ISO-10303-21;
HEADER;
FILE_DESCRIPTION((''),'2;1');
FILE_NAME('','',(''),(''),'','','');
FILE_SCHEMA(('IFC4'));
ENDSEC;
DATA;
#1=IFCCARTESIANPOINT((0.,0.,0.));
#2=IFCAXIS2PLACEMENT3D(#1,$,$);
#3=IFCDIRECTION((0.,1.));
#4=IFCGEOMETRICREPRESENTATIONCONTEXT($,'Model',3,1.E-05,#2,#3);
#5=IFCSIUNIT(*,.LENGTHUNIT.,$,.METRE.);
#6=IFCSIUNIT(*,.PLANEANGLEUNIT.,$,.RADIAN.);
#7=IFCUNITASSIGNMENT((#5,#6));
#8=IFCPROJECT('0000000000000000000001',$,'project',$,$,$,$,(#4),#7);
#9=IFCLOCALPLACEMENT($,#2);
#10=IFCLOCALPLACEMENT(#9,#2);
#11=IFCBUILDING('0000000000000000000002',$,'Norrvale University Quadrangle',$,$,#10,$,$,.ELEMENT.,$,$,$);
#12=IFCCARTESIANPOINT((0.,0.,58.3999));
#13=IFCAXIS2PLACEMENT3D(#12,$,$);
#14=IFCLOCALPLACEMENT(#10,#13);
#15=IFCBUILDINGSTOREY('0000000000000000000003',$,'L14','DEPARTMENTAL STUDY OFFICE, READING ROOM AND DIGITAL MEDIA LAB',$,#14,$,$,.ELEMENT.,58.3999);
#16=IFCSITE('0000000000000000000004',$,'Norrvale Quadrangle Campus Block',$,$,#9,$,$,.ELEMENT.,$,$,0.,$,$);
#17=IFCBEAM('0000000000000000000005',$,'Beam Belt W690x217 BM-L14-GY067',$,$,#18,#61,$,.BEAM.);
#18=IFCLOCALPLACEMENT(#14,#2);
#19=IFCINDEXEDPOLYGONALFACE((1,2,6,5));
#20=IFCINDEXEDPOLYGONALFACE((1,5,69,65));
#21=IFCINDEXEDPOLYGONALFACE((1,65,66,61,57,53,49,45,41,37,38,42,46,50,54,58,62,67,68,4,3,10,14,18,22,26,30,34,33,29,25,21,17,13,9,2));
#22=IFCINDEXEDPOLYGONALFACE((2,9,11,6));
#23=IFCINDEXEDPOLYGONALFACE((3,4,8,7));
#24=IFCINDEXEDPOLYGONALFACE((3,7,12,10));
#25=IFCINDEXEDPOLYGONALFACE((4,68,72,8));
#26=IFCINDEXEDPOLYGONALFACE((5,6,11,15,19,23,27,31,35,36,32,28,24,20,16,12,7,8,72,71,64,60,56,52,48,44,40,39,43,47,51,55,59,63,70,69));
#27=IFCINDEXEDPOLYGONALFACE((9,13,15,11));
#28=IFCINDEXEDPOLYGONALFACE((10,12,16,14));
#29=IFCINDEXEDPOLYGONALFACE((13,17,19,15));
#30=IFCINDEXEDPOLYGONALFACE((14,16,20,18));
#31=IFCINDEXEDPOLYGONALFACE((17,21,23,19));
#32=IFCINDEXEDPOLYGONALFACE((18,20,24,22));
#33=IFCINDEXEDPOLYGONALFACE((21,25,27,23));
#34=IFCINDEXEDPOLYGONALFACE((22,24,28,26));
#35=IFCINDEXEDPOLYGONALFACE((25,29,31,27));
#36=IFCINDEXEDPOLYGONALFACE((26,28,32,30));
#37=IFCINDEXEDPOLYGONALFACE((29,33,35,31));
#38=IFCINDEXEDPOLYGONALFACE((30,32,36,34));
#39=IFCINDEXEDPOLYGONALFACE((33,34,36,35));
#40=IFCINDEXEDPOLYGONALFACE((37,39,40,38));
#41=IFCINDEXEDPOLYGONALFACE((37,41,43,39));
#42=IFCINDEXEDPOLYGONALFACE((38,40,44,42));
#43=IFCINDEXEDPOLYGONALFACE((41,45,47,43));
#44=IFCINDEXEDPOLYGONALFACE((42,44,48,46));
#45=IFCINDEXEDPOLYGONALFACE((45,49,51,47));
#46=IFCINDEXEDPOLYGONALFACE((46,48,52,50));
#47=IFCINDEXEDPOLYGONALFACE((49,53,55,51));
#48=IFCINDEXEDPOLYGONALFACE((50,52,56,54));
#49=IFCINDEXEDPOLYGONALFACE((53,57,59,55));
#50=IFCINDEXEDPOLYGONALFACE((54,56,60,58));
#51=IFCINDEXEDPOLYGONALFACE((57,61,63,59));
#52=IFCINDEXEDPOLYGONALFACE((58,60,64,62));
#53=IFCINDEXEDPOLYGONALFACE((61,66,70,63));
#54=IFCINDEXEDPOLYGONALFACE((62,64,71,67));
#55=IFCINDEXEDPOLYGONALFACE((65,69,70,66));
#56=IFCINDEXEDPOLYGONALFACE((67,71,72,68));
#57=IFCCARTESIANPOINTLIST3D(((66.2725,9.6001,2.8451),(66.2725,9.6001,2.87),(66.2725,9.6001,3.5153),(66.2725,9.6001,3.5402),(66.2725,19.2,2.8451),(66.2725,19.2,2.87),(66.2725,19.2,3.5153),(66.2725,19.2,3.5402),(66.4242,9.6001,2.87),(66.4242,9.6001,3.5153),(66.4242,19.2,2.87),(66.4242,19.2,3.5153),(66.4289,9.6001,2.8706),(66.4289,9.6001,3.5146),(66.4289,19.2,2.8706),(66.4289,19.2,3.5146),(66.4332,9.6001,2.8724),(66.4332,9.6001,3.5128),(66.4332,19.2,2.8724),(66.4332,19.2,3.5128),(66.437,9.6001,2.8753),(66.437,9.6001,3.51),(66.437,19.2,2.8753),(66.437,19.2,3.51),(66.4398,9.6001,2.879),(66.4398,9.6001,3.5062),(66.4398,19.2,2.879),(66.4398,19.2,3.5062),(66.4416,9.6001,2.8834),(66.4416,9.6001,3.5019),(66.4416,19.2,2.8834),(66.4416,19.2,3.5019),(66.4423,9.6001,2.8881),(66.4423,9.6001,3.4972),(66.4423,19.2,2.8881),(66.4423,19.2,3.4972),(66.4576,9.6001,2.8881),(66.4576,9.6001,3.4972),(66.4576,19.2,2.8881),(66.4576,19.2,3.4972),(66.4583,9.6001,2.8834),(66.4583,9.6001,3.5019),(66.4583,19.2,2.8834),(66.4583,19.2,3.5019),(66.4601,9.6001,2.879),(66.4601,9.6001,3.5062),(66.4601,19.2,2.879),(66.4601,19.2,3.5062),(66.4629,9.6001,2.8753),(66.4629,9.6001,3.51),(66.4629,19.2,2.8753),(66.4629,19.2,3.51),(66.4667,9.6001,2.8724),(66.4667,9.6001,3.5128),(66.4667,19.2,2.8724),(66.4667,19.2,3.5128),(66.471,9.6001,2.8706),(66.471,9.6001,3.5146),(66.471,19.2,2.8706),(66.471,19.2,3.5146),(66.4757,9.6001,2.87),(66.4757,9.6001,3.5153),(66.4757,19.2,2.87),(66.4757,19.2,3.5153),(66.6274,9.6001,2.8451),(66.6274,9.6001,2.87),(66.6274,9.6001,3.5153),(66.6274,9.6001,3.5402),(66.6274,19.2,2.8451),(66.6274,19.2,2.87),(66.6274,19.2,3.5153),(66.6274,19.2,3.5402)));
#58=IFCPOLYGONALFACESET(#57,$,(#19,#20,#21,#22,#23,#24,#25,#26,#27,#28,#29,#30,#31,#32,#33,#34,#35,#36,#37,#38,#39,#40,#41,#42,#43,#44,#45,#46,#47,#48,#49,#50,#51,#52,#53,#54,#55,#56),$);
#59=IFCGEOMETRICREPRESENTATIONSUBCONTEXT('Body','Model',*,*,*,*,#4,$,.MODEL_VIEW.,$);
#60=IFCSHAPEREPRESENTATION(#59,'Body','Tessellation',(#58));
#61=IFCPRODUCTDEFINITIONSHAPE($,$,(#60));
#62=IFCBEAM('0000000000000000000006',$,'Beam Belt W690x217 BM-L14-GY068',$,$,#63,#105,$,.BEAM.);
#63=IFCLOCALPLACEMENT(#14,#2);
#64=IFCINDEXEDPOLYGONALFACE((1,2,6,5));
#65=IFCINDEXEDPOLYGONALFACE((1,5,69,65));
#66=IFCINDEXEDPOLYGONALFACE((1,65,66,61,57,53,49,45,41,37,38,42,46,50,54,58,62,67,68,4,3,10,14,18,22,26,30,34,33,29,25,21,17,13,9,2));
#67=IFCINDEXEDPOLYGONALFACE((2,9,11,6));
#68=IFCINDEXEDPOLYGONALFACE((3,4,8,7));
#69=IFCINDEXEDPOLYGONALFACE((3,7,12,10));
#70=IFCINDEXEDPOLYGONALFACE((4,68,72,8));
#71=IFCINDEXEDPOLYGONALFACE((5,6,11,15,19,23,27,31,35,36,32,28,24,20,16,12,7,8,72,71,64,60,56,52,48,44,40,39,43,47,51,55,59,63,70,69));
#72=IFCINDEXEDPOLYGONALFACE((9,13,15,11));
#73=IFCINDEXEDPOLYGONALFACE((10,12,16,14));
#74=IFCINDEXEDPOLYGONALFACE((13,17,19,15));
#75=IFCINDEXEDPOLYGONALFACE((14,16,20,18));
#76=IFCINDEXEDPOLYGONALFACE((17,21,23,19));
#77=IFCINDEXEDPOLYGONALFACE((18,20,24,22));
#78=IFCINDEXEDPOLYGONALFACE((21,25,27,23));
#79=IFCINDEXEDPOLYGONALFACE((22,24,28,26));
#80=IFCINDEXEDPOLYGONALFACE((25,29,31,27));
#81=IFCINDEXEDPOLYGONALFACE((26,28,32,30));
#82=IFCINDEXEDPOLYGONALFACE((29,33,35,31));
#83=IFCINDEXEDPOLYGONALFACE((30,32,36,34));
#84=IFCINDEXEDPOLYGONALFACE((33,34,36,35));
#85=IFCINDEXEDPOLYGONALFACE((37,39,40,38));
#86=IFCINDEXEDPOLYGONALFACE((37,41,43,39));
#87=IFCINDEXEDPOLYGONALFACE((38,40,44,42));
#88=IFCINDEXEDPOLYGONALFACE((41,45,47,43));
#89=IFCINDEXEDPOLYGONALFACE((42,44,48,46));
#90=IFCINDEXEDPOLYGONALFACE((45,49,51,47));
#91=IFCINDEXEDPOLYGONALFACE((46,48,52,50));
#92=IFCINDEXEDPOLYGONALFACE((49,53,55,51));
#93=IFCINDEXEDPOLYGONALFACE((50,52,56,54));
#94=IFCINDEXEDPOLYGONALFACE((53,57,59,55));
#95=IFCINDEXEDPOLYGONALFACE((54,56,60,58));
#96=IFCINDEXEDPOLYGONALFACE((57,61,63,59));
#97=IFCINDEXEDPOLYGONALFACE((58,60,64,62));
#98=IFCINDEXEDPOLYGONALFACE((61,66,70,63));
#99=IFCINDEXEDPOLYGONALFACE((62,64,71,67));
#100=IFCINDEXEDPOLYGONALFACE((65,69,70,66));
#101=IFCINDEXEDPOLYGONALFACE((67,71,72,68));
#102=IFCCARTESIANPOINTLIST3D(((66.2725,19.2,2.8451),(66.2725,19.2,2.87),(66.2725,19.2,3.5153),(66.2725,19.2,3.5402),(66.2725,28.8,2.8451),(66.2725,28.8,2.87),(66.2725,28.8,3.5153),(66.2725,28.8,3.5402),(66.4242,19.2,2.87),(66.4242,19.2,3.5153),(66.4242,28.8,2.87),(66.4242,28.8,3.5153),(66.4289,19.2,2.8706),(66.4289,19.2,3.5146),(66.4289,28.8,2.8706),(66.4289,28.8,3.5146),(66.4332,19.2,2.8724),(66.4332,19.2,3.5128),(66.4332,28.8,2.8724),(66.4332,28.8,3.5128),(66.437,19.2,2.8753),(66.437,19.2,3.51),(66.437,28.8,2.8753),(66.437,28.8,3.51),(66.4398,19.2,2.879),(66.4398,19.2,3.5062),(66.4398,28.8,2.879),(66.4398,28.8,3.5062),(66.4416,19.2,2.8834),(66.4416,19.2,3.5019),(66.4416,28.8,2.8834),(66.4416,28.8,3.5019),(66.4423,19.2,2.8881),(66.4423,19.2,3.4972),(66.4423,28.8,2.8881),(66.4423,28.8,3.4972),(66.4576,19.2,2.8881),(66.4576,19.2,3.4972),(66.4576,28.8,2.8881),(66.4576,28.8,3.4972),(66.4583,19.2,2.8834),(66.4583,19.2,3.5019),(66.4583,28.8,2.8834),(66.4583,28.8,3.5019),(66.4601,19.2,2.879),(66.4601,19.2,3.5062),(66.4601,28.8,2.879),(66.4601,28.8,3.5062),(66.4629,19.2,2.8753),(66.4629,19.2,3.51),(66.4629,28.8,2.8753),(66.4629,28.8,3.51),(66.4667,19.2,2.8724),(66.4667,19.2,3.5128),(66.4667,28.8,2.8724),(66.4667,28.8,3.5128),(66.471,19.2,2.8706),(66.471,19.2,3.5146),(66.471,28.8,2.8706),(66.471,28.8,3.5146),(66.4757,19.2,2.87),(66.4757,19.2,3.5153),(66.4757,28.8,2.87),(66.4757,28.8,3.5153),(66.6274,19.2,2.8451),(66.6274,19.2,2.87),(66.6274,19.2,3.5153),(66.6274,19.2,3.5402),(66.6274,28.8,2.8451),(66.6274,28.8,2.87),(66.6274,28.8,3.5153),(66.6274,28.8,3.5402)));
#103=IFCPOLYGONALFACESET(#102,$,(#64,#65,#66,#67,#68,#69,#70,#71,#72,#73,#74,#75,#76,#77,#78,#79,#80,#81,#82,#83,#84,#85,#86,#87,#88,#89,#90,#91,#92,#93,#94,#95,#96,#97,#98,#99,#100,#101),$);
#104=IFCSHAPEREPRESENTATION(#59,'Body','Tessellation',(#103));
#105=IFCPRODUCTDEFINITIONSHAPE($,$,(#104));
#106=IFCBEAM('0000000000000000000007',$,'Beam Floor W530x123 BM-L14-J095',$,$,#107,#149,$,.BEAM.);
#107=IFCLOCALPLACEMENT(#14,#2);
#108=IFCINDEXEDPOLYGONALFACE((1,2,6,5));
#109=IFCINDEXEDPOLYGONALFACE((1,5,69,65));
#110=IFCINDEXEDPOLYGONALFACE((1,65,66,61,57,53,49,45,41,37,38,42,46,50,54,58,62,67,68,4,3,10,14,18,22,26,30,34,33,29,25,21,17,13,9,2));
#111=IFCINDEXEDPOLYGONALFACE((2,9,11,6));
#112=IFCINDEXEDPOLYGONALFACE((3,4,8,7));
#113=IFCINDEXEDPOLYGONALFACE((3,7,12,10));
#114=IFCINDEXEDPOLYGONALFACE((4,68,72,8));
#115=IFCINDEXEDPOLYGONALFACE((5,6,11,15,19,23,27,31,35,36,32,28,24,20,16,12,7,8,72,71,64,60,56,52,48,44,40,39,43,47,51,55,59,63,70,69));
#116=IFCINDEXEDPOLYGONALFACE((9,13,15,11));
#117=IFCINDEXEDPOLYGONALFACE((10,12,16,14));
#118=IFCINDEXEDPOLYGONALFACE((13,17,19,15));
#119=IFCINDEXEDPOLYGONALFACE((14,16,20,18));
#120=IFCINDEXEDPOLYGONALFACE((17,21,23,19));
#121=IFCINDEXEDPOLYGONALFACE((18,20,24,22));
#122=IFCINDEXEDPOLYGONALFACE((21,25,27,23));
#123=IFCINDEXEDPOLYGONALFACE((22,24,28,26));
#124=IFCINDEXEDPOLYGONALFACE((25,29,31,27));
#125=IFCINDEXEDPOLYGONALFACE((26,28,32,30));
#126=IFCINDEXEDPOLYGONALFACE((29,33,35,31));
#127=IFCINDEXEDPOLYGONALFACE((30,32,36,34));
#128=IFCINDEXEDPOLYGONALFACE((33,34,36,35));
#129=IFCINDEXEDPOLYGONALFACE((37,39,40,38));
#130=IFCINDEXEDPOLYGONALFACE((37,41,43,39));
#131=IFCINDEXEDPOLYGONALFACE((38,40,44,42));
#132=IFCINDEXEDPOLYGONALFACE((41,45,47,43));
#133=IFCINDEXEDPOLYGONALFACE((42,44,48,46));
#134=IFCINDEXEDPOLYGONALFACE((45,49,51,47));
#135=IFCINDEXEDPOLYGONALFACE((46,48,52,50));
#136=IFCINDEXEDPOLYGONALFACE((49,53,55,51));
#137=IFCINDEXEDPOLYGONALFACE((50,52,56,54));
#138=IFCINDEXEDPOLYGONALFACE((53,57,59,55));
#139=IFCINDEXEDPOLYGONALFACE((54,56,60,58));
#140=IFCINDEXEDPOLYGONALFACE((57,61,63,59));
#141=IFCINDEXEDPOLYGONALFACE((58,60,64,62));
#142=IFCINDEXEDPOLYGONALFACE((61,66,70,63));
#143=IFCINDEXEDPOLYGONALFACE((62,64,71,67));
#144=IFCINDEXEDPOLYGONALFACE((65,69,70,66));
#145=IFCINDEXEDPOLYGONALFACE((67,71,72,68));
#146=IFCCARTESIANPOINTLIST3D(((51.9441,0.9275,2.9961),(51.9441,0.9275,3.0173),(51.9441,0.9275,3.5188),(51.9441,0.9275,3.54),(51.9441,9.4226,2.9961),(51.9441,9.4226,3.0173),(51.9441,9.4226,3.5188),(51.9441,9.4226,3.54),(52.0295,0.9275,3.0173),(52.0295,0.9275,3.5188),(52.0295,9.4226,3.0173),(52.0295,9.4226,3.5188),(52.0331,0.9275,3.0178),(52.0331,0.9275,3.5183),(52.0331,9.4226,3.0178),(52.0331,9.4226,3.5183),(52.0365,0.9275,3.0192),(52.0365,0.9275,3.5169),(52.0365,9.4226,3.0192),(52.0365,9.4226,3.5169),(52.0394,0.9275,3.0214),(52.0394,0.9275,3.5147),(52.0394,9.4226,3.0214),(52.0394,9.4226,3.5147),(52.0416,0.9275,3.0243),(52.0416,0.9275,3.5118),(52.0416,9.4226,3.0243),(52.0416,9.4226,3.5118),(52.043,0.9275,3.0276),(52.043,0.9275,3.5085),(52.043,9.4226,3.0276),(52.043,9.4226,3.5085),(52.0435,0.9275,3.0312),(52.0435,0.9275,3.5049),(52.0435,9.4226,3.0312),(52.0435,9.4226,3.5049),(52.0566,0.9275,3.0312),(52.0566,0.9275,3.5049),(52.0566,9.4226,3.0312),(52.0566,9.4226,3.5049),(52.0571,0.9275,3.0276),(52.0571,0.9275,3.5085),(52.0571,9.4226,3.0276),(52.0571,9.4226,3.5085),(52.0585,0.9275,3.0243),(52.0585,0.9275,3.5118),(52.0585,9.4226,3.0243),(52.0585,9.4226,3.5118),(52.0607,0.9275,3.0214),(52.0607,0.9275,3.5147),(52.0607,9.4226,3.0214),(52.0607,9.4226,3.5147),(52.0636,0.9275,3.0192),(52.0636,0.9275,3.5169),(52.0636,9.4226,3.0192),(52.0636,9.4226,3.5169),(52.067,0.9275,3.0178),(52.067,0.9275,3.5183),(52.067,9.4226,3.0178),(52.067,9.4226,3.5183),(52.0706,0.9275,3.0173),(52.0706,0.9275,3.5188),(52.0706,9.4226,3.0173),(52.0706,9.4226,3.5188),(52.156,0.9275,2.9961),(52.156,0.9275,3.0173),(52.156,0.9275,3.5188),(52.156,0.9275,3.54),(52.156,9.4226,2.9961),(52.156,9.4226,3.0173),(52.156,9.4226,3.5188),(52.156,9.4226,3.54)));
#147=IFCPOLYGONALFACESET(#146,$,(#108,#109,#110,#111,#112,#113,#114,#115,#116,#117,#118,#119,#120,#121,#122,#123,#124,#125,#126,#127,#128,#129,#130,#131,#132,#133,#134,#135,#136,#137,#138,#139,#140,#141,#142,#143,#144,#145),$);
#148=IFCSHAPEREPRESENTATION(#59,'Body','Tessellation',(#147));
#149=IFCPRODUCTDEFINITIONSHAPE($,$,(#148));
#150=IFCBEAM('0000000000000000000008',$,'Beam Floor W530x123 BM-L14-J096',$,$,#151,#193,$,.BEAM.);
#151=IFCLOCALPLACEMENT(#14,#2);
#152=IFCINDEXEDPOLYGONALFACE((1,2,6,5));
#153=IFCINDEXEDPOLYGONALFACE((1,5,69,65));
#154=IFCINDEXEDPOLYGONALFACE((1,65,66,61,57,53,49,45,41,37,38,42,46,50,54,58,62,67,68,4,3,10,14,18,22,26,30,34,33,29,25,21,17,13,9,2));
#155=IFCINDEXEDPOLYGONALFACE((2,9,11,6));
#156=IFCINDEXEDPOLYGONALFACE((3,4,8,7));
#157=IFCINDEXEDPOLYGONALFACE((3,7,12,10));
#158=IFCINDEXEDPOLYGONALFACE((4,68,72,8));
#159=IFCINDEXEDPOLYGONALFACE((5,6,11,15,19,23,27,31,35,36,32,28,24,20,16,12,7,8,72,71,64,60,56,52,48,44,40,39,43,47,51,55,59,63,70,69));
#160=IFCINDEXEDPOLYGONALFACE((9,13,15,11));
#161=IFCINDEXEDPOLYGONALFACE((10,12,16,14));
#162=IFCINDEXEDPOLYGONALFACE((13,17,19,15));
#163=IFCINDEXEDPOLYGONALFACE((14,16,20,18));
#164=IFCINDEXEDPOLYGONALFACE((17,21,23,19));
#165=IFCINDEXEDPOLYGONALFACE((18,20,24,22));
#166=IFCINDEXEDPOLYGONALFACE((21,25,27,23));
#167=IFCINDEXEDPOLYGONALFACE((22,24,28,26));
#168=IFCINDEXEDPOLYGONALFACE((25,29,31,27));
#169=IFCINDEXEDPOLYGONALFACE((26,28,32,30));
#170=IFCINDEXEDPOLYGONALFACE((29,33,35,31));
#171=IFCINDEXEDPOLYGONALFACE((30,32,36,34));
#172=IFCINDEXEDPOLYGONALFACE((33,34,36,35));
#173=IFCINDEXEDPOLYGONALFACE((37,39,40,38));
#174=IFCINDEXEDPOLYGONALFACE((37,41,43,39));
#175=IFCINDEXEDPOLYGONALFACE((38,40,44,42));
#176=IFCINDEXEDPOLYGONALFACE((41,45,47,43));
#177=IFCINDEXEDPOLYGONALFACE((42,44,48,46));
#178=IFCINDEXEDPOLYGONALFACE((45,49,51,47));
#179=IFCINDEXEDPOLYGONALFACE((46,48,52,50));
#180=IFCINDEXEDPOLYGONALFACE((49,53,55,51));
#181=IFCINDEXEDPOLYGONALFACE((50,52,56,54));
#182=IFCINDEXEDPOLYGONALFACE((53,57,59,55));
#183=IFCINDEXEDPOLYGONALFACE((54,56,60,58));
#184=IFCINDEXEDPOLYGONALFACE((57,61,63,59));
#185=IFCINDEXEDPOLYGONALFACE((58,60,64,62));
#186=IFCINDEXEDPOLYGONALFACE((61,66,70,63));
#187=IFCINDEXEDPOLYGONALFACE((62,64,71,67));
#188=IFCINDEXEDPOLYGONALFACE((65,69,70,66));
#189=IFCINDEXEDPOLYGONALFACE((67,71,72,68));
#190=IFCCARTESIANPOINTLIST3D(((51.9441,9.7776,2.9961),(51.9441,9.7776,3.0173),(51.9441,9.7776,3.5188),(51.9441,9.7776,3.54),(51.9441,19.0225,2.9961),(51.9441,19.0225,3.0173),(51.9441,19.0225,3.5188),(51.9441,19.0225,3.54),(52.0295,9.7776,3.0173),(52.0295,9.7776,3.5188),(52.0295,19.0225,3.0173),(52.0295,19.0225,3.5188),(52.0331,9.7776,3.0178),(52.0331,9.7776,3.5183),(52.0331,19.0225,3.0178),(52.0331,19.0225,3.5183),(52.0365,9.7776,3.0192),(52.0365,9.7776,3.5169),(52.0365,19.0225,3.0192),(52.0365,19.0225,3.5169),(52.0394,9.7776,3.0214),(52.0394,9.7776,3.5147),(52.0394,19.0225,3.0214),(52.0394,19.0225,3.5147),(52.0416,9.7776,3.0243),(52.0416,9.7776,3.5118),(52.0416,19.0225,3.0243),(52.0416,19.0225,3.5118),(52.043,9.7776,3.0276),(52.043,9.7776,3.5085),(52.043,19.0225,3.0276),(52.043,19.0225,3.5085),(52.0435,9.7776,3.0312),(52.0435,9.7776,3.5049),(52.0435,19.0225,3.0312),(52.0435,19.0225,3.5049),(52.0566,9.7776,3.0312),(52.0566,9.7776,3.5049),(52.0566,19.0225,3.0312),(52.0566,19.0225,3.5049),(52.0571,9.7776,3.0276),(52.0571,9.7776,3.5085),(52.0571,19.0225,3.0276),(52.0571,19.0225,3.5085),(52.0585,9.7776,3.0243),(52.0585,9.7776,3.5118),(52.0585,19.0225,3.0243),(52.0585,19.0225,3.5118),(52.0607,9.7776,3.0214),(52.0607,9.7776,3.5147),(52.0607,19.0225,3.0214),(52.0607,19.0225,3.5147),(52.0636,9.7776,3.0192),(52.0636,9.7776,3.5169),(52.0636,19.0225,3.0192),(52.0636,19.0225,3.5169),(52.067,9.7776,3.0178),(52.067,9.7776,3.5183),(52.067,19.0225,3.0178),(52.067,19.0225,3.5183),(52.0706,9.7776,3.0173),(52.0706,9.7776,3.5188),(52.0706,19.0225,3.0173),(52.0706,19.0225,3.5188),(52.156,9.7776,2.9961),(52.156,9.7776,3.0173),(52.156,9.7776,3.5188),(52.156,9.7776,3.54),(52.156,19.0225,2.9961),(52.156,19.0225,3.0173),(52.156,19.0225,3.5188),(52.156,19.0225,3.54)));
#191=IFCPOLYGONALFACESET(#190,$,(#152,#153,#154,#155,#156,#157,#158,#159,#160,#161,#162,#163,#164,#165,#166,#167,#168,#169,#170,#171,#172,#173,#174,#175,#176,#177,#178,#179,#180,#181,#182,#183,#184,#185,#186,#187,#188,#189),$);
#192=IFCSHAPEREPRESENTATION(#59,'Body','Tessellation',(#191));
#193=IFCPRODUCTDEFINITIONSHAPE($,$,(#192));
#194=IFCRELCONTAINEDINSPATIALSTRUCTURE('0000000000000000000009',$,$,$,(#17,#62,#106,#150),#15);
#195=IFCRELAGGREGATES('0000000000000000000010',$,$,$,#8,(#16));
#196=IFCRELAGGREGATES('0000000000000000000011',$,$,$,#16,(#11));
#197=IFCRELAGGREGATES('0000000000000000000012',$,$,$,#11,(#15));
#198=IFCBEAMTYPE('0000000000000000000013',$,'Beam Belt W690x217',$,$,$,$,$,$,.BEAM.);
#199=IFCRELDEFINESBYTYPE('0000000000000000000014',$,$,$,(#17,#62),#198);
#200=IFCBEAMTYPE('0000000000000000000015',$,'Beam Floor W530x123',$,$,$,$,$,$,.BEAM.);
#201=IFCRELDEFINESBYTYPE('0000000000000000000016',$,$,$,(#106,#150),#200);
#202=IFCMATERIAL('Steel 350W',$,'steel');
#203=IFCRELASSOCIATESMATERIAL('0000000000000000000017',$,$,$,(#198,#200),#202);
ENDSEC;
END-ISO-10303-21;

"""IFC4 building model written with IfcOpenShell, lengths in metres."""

from ifc_helpers import new_model, si_unit, direction, frame, origin, origin_2d, place, context, subcontext, project, spatial, i_section, extrude, material, material_profile, profile_set, type_object, element, save


model = new_model("IFC4")

# Units and contexts
model_context = context("Model", 3, precision=1e-05, world=origin(), true_north=direction((0.0, 1.0)))
body_context = subcontext(model_context, "Body", "Model", "MODEL_VIEW")
ifc_project = project(units=[si_unit("LENGTHUNIT", "METRE"), si_unit("PLANEANGLEUNIT", "RADIAN")], contexts=[model_context])

# Site, building, storey
site_placement = place(None, origin())
site = spatial("IfcSite", under=ifc_project, at=site_placement, Name="Norrvale Quadrangle Campus Block", CompositionType="ELEMENT", RefElevation=0.0)
building_placement = place(site_placement, origin())
building = spatial("IfcBuilding", under=site, at=building_placement, Name="Norrvale University Quadrangle", CompositionType="ELEMENT")
storey_placement = place(building_placement, frame((0.0, 0.0, 58.3999)))
storey = spatial("IfcBuildingStorey", under=building, at=storey_placement, Name="L14", Description="DEPARTMENTAL STUDY OFFICE, READING ROOM AND DIGITAL MEDIA LAB", CompositionType="ELEMENT", Elevation=58.3999)

# Beams
ifc_material_1 = material(Name="Steel 350W", Category="steel")
ifc_material_profile_1 = material_profile(ifc_material_1, i_section(OverallWidth=0.355, OverallDepth=0.6951, WebThickness=0.0154, FlangeThickness=0.0249, FilletRadius=0.0181, at=origin_2d()), Name="Steel 350W")
ifc_profile_set_1 = profile_set([ifc_material_profile_1], Name="Steel 350W")
beam_type_1 = type_object("IfcBeamType", Name="Beam Belt W690x217", PredefinedType="BEAM", material=ifc_profile_set_1)
beam_1_placement = place(storey_placement, frame((66.45, 9.6001, 3.1926), z_axis=(0.0, 1.0, 0.0), x_axis=(-1.0, 0.0, 0.0)))
element("IfcBeam", 1, at=beam_1_placement, inside=storey, type_object=beam_type_1, Name="Beam Belt W690x217 BM-L14-GY067", PredefinedType="BEAM", context=body_context, shape_type="SweptSolid", body=[
    extrude(i_section(OverallWidth=0.355, OverallDepth=0.6951, WebThickness=0.0154, FlangeThickness=0.0249, FilletRadius=0.0181, at=origin_2d()), origin(), (0.0, 0.0, 1.0), 9.5999),
])
beam_2_placement = place(storey_placement, frame((66.45, 19.2, 3.1926), z_axis=(0.0, 1.0, 0.0), x_axis=(-1.0, 0.0, 0.0)))
element("IfcBeam", 2, at=beam_2_placement, inside=storey, type_object=beam_type_1, Name="Beam Belt W690x217 BM-L14-GY068", PredefinedType="BEAM", context=body_context, shape_type="SweptSolid", body=[
    extrude(i_section(OverallWidth=0.355, OverallDepth=0.6951, WebThickness=0.0154, FlangeThickness=0.0249, FilletRadius=0.0181, at=origin_2d()), origin(), (0.0, 0.0, 1.0), 9.6001),
])
ifc_material_profile_2 = material_profile(ifc_material_1, i_section(OverallWidth=0.2119, OverallDepth=0.5439, WebThickness=0.0132, FlangeThickness=0.0212, FilletRadius=0.0139, at=origin_2d()), Name="Steel 350W")
ifc_profile_set_2 = profile_set([ifc_material_profile_2], Name="Steel 350W")
beam_type_2 = type_object("IfcBeamType", Name="Beam Floor W530x123", PredefinedType="BEAM", material=ifc_profile_set_2)
beam_3_placement = place(storey_placement, frame((52.05, 0.9275, 3.2681), z_axis=(0.0, 1.0, 0.0), x_axis=(-1.0, 0.0, 0.0)))
element("IfcBeam", 3, at=beam_3_placement, inside=storey, type_object=beam_type_2, Name="Beam Floor W530x123 BM-L14-J095", PredefinedType="BEAM", context=body_context, shape_type="SweptSolid", body=[
    extrude(i_section(OverallWidth=0.2119, OverallDepth=0.5439, WebThickness=0.0132, FlangeThickness=0.0212, FilletRadius=0.0139, at=origin_2d()), origin(), (0.0, 0.0, 1.0), 8.4951),
])
for number, where, z_axis, x_axis, name in (
    (4, (52.05, 9.7776, 3.2681), (0.0, 1.0, 0.0), (-1.0, 0.0, 0.0), "Beam Floor W530x123 BM-L14-J096"),
):
    element("IfcBeam", number, at=place(storey_placement, frame(where, z_axis=z_axis, x_axis=x_axis)), inside=storey, type_object=beam_type_2, Name=name, PredefinedType="BEAM", context=body_context, shape_type="SweptSolid", body=[
        extrude(i_section(OverallWidth=0.2119, OverallDepth=0.5439, WebThickness=0.0132, FlangeThickness=0.0212, FilletRadius=0.0139, at=origin_2d()), origin(), (0.0, 0.0, 1.0), 9.2449),
    ])

save(model, "model.ifc")
